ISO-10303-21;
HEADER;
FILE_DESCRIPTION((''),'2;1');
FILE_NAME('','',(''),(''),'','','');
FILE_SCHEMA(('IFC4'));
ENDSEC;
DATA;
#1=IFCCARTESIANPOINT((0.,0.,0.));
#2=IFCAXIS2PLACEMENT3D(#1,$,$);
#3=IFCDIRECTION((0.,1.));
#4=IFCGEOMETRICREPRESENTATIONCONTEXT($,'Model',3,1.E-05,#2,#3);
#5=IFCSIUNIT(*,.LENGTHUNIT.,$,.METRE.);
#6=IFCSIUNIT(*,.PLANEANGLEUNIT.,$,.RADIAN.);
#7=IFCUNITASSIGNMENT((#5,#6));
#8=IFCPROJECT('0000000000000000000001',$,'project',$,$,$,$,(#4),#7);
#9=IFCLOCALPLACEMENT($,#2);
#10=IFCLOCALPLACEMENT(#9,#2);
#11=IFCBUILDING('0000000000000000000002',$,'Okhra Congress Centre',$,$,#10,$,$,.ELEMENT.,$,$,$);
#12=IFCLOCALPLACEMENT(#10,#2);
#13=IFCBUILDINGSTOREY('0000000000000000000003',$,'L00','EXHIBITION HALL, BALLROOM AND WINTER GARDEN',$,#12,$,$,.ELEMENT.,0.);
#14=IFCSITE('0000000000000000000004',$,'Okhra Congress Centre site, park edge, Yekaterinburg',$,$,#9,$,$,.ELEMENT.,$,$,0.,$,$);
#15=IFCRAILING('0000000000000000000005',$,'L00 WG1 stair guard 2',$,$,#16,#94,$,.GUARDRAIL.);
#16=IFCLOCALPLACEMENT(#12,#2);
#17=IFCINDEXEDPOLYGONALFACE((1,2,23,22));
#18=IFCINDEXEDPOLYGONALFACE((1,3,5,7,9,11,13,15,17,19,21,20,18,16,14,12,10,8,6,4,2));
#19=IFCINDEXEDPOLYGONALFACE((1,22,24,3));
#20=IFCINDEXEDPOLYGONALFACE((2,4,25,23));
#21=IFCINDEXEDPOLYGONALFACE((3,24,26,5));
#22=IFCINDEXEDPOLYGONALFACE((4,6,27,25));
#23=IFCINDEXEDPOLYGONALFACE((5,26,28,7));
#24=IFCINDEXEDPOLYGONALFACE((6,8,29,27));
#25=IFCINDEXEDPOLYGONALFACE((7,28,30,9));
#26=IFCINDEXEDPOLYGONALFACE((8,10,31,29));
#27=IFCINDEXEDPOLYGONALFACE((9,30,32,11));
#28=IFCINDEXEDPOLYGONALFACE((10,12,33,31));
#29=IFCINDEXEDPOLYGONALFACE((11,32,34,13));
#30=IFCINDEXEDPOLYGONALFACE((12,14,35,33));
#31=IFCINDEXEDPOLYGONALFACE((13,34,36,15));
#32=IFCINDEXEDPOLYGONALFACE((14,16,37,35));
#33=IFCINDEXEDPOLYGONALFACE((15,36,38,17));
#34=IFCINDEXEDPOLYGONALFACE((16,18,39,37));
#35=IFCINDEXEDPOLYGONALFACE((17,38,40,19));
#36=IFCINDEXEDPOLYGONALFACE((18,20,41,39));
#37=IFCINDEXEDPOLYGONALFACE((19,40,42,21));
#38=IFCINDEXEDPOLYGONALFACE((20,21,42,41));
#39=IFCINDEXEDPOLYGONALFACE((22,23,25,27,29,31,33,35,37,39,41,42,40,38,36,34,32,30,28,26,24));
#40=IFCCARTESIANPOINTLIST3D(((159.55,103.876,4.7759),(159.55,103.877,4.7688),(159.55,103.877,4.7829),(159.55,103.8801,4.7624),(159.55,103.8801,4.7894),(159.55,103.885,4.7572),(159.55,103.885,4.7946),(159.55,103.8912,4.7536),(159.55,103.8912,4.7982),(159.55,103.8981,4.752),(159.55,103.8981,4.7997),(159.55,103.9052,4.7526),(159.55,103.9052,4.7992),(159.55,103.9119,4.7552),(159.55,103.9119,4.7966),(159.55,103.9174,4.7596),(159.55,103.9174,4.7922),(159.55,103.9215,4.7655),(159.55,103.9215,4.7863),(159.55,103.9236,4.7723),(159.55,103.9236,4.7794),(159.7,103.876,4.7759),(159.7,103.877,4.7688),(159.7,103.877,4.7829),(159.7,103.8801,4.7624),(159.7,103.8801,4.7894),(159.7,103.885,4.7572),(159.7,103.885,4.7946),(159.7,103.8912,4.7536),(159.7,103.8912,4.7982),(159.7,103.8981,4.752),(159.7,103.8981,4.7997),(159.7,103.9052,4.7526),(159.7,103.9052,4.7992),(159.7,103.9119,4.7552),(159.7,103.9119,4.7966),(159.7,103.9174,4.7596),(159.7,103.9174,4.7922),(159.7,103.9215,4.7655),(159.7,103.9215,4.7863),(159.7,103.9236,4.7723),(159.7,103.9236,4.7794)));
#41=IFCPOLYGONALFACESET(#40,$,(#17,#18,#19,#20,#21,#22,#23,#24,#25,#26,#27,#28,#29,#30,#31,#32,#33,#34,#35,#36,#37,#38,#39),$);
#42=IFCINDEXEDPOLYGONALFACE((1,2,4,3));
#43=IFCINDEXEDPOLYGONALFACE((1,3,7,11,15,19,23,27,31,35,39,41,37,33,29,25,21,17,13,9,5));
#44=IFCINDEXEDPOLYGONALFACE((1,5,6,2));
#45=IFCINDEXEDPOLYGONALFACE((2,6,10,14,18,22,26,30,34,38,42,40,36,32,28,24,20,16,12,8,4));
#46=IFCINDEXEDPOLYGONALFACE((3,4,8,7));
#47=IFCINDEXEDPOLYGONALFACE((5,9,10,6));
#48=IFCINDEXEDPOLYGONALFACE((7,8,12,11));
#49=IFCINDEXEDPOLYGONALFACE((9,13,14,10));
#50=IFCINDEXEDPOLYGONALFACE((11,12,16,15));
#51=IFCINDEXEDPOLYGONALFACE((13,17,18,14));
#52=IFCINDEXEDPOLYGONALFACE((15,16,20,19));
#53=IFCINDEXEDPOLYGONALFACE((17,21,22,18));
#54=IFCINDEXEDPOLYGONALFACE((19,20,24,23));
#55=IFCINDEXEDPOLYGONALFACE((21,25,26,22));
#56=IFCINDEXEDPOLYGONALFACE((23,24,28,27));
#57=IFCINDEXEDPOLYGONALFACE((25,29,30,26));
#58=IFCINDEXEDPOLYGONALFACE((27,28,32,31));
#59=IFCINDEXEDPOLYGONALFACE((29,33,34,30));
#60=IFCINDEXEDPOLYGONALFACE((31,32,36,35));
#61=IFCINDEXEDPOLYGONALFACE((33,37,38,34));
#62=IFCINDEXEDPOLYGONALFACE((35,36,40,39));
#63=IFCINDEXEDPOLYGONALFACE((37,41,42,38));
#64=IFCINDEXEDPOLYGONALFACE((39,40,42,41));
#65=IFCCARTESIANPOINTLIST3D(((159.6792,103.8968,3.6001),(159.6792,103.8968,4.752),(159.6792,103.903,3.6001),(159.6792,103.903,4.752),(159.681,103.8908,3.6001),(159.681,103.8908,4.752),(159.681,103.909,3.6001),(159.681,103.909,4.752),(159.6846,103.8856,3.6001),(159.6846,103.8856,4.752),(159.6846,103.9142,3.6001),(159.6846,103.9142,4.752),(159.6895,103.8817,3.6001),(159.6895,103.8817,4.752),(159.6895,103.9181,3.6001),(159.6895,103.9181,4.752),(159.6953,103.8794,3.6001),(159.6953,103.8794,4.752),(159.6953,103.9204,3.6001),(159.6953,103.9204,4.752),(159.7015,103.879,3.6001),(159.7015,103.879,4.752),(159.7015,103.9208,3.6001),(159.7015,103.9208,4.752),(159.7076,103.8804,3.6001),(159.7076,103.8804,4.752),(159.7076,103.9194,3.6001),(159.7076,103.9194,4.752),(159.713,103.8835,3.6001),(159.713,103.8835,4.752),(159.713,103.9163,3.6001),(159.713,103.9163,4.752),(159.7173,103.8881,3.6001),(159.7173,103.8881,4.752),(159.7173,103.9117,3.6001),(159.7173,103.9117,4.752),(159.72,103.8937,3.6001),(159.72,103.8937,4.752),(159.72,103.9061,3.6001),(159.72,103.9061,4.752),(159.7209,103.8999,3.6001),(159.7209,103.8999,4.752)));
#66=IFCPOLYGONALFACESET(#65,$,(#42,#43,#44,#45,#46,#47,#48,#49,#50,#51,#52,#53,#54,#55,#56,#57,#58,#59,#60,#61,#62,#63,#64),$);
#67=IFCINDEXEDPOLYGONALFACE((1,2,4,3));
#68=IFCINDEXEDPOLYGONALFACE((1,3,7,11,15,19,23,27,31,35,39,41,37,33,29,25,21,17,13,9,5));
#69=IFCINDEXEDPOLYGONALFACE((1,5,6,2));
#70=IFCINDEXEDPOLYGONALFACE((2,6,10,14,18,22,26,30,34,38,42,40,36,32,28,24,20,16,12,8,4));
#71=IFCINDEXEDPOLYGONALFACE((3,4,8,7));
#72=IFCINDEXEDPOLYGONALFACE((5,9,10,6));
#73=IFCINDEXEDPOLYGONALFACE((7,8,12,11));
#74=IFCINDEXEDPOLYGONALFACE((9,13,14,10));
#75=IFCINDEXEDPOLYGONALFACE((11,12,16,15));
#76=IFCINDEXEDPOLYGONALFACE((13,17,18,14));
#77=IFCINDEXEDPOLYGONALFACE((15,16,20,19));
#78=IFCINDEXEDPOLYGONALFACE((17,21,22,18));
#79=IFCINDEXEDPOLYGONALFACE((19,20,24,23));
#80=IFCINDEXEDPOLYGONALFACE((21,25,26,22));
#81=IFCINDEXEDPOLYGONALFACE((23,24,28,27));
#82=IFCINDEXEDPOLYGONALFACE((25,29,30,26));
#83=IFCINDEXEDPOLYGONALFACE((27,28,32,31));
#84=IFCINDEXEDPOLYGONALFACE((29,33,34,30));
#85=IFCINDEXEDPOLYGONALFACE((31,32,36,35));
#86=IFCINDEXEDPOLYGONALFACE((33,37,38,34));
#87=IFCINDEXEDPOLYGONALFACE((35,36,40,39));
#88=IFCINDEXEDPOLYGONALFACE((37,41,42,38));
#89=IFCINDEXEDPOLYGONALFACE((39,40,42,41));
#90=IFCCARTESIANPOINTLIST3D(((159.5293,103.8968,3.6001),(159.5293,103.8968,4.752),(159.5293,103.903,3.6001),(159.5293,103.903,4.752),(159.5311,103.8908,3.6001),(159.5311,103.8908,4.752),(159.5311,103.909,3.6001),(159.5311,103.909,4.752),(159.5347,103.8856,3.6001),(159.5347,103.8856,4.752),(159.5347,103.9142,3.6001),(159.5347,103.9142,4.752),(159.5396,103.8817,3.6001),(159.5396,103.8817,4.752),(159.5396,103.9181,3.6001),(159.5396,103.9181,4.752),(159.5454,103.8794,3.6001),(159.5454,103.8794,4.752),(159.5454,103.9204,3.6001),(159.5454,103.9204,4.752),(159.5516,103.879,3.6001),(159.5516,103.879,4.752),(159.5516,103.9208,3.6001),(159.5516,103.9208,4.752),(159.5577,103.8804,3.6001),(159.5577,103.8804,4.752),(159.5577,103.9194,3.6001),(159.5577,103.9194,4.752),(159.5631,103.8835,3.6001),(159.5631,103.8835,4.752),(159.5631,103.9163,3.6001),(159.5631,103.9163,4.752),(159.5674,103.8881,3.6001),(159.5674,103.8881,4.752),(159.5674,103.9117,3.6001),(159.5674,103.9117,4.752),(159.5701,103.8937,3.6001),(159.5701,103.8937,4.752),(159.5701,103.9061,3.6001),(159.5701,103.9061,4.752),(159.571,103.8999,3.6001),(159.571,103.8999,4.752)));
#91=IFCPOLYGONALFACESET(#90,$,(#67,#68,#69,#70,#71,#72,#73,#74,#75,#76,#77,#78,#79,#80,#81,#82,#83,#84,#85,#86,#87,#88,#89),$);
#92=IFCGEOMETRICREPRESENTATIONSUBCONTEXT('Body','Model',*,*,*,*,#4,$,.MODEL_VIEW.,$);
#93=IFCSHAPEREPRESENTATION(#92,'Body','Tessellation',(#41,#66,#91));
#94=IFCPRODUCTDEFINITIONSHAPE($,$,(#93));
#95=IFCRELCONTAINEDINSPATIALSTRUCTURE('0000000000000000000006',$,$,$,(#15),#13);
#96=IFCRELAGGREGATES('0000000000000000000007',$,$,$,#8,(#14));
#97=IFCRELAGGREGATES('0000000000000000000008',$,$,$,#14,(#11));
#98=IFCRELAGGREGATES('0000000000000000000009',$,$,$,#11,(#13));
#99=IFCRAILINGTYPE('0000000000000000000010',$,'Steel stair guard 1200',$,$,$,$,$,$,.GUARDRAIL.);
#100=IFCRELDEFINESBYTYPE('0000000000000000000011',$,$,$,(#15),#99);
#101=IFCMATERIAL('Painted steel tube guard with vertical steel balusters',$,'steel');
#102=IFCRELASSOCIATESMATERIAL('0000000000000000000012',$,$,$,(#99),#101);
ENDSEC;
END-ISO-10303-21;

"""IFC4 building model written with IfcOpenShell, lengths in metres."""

from ifc_helpers import new_model, si_unit, direction, frame, origin, origin_2d, place, context, subcontext, project, spatial, circle, extrude, material, type_object, element, save


model = new_model("IFC4")

# Units and contexts
model_context = context("Model", 3, precision=1e-05, world=origin(), true_north=direction((0.0, 1.0)))
body_context = subcontext(model_context, "Body", "Model", "MODEL_VIEW")
ifc_project = project(units=[si_unit("LENGTHUNIT", "METRE"), si_unit("PLANEANGLEUNIT", "RADIAN")], contexts=[model_context])

# Site, building, storey
site_placement = place(None, origin())
site = spatial("IfcSite", under=ifc_project, at=site_placement, Name="Okhra Congress Centre site, park edge, Yekaterinburg", CompositionType="ELEMENT", RefElevation=0.0)
building_placement = place(site_placement, origin())
building = spatial("IfcBuilding", under=site, at=building_placement, Name="Okhra Congress Centre", CompositionType="ELEMENT")
storey_placement = place(building_placement, origin())
storey = spatial("IfcBuildingStorey", under=building, at=storey_placement, Name="L00", Description="EXHIBITION HALL, BALLROOM AND WINTER GARDEN", CompositionType="ELEMENT", Elevation=0.0)

# Railing
ifc_material_1 = material(Name="Painted steel tube guard with vertical steel balusters", Category="steel")
railing_type_1 = type_object("IfcRailingType", Name="Steel stair guard 1200", PredefinedType="GUARDRAIL", material=ifc_material_1)
railing_1_placement = place(storey_placement, frame((159.7, 103.8999, 3.6001)))
element("IfcRailing", 1, at=railing_1_placement, inside=storey, type_object=railing_type_1, Name="L00 WG1 stair guard 2", PredefinedType="GUARDRAIL", context=body_context, shape_type="SweptSolid", body=[
    extrude(circle(Radius=0.0239, at=origin_2d()), frame((0.0, 0.0, 1.1758), z_axis=(-1.0, 0.0, 0.0), x_axis=(0.0, -1.0, 0.0)), (0.0, 0.0, 1.0), 0.1499),
    extrude(circle(Radius=0.021, at=origin_2d()), origin(), (0.0, 0.0, 1.0), 1.1519),
    extrude(circle(Radius=0.021, at=origin_2d()), frame((-0.1499, 0.0, 0.0)), (0.0, 0.0, 1.0), 1.1519),
])

save(model, "model.ifc")
